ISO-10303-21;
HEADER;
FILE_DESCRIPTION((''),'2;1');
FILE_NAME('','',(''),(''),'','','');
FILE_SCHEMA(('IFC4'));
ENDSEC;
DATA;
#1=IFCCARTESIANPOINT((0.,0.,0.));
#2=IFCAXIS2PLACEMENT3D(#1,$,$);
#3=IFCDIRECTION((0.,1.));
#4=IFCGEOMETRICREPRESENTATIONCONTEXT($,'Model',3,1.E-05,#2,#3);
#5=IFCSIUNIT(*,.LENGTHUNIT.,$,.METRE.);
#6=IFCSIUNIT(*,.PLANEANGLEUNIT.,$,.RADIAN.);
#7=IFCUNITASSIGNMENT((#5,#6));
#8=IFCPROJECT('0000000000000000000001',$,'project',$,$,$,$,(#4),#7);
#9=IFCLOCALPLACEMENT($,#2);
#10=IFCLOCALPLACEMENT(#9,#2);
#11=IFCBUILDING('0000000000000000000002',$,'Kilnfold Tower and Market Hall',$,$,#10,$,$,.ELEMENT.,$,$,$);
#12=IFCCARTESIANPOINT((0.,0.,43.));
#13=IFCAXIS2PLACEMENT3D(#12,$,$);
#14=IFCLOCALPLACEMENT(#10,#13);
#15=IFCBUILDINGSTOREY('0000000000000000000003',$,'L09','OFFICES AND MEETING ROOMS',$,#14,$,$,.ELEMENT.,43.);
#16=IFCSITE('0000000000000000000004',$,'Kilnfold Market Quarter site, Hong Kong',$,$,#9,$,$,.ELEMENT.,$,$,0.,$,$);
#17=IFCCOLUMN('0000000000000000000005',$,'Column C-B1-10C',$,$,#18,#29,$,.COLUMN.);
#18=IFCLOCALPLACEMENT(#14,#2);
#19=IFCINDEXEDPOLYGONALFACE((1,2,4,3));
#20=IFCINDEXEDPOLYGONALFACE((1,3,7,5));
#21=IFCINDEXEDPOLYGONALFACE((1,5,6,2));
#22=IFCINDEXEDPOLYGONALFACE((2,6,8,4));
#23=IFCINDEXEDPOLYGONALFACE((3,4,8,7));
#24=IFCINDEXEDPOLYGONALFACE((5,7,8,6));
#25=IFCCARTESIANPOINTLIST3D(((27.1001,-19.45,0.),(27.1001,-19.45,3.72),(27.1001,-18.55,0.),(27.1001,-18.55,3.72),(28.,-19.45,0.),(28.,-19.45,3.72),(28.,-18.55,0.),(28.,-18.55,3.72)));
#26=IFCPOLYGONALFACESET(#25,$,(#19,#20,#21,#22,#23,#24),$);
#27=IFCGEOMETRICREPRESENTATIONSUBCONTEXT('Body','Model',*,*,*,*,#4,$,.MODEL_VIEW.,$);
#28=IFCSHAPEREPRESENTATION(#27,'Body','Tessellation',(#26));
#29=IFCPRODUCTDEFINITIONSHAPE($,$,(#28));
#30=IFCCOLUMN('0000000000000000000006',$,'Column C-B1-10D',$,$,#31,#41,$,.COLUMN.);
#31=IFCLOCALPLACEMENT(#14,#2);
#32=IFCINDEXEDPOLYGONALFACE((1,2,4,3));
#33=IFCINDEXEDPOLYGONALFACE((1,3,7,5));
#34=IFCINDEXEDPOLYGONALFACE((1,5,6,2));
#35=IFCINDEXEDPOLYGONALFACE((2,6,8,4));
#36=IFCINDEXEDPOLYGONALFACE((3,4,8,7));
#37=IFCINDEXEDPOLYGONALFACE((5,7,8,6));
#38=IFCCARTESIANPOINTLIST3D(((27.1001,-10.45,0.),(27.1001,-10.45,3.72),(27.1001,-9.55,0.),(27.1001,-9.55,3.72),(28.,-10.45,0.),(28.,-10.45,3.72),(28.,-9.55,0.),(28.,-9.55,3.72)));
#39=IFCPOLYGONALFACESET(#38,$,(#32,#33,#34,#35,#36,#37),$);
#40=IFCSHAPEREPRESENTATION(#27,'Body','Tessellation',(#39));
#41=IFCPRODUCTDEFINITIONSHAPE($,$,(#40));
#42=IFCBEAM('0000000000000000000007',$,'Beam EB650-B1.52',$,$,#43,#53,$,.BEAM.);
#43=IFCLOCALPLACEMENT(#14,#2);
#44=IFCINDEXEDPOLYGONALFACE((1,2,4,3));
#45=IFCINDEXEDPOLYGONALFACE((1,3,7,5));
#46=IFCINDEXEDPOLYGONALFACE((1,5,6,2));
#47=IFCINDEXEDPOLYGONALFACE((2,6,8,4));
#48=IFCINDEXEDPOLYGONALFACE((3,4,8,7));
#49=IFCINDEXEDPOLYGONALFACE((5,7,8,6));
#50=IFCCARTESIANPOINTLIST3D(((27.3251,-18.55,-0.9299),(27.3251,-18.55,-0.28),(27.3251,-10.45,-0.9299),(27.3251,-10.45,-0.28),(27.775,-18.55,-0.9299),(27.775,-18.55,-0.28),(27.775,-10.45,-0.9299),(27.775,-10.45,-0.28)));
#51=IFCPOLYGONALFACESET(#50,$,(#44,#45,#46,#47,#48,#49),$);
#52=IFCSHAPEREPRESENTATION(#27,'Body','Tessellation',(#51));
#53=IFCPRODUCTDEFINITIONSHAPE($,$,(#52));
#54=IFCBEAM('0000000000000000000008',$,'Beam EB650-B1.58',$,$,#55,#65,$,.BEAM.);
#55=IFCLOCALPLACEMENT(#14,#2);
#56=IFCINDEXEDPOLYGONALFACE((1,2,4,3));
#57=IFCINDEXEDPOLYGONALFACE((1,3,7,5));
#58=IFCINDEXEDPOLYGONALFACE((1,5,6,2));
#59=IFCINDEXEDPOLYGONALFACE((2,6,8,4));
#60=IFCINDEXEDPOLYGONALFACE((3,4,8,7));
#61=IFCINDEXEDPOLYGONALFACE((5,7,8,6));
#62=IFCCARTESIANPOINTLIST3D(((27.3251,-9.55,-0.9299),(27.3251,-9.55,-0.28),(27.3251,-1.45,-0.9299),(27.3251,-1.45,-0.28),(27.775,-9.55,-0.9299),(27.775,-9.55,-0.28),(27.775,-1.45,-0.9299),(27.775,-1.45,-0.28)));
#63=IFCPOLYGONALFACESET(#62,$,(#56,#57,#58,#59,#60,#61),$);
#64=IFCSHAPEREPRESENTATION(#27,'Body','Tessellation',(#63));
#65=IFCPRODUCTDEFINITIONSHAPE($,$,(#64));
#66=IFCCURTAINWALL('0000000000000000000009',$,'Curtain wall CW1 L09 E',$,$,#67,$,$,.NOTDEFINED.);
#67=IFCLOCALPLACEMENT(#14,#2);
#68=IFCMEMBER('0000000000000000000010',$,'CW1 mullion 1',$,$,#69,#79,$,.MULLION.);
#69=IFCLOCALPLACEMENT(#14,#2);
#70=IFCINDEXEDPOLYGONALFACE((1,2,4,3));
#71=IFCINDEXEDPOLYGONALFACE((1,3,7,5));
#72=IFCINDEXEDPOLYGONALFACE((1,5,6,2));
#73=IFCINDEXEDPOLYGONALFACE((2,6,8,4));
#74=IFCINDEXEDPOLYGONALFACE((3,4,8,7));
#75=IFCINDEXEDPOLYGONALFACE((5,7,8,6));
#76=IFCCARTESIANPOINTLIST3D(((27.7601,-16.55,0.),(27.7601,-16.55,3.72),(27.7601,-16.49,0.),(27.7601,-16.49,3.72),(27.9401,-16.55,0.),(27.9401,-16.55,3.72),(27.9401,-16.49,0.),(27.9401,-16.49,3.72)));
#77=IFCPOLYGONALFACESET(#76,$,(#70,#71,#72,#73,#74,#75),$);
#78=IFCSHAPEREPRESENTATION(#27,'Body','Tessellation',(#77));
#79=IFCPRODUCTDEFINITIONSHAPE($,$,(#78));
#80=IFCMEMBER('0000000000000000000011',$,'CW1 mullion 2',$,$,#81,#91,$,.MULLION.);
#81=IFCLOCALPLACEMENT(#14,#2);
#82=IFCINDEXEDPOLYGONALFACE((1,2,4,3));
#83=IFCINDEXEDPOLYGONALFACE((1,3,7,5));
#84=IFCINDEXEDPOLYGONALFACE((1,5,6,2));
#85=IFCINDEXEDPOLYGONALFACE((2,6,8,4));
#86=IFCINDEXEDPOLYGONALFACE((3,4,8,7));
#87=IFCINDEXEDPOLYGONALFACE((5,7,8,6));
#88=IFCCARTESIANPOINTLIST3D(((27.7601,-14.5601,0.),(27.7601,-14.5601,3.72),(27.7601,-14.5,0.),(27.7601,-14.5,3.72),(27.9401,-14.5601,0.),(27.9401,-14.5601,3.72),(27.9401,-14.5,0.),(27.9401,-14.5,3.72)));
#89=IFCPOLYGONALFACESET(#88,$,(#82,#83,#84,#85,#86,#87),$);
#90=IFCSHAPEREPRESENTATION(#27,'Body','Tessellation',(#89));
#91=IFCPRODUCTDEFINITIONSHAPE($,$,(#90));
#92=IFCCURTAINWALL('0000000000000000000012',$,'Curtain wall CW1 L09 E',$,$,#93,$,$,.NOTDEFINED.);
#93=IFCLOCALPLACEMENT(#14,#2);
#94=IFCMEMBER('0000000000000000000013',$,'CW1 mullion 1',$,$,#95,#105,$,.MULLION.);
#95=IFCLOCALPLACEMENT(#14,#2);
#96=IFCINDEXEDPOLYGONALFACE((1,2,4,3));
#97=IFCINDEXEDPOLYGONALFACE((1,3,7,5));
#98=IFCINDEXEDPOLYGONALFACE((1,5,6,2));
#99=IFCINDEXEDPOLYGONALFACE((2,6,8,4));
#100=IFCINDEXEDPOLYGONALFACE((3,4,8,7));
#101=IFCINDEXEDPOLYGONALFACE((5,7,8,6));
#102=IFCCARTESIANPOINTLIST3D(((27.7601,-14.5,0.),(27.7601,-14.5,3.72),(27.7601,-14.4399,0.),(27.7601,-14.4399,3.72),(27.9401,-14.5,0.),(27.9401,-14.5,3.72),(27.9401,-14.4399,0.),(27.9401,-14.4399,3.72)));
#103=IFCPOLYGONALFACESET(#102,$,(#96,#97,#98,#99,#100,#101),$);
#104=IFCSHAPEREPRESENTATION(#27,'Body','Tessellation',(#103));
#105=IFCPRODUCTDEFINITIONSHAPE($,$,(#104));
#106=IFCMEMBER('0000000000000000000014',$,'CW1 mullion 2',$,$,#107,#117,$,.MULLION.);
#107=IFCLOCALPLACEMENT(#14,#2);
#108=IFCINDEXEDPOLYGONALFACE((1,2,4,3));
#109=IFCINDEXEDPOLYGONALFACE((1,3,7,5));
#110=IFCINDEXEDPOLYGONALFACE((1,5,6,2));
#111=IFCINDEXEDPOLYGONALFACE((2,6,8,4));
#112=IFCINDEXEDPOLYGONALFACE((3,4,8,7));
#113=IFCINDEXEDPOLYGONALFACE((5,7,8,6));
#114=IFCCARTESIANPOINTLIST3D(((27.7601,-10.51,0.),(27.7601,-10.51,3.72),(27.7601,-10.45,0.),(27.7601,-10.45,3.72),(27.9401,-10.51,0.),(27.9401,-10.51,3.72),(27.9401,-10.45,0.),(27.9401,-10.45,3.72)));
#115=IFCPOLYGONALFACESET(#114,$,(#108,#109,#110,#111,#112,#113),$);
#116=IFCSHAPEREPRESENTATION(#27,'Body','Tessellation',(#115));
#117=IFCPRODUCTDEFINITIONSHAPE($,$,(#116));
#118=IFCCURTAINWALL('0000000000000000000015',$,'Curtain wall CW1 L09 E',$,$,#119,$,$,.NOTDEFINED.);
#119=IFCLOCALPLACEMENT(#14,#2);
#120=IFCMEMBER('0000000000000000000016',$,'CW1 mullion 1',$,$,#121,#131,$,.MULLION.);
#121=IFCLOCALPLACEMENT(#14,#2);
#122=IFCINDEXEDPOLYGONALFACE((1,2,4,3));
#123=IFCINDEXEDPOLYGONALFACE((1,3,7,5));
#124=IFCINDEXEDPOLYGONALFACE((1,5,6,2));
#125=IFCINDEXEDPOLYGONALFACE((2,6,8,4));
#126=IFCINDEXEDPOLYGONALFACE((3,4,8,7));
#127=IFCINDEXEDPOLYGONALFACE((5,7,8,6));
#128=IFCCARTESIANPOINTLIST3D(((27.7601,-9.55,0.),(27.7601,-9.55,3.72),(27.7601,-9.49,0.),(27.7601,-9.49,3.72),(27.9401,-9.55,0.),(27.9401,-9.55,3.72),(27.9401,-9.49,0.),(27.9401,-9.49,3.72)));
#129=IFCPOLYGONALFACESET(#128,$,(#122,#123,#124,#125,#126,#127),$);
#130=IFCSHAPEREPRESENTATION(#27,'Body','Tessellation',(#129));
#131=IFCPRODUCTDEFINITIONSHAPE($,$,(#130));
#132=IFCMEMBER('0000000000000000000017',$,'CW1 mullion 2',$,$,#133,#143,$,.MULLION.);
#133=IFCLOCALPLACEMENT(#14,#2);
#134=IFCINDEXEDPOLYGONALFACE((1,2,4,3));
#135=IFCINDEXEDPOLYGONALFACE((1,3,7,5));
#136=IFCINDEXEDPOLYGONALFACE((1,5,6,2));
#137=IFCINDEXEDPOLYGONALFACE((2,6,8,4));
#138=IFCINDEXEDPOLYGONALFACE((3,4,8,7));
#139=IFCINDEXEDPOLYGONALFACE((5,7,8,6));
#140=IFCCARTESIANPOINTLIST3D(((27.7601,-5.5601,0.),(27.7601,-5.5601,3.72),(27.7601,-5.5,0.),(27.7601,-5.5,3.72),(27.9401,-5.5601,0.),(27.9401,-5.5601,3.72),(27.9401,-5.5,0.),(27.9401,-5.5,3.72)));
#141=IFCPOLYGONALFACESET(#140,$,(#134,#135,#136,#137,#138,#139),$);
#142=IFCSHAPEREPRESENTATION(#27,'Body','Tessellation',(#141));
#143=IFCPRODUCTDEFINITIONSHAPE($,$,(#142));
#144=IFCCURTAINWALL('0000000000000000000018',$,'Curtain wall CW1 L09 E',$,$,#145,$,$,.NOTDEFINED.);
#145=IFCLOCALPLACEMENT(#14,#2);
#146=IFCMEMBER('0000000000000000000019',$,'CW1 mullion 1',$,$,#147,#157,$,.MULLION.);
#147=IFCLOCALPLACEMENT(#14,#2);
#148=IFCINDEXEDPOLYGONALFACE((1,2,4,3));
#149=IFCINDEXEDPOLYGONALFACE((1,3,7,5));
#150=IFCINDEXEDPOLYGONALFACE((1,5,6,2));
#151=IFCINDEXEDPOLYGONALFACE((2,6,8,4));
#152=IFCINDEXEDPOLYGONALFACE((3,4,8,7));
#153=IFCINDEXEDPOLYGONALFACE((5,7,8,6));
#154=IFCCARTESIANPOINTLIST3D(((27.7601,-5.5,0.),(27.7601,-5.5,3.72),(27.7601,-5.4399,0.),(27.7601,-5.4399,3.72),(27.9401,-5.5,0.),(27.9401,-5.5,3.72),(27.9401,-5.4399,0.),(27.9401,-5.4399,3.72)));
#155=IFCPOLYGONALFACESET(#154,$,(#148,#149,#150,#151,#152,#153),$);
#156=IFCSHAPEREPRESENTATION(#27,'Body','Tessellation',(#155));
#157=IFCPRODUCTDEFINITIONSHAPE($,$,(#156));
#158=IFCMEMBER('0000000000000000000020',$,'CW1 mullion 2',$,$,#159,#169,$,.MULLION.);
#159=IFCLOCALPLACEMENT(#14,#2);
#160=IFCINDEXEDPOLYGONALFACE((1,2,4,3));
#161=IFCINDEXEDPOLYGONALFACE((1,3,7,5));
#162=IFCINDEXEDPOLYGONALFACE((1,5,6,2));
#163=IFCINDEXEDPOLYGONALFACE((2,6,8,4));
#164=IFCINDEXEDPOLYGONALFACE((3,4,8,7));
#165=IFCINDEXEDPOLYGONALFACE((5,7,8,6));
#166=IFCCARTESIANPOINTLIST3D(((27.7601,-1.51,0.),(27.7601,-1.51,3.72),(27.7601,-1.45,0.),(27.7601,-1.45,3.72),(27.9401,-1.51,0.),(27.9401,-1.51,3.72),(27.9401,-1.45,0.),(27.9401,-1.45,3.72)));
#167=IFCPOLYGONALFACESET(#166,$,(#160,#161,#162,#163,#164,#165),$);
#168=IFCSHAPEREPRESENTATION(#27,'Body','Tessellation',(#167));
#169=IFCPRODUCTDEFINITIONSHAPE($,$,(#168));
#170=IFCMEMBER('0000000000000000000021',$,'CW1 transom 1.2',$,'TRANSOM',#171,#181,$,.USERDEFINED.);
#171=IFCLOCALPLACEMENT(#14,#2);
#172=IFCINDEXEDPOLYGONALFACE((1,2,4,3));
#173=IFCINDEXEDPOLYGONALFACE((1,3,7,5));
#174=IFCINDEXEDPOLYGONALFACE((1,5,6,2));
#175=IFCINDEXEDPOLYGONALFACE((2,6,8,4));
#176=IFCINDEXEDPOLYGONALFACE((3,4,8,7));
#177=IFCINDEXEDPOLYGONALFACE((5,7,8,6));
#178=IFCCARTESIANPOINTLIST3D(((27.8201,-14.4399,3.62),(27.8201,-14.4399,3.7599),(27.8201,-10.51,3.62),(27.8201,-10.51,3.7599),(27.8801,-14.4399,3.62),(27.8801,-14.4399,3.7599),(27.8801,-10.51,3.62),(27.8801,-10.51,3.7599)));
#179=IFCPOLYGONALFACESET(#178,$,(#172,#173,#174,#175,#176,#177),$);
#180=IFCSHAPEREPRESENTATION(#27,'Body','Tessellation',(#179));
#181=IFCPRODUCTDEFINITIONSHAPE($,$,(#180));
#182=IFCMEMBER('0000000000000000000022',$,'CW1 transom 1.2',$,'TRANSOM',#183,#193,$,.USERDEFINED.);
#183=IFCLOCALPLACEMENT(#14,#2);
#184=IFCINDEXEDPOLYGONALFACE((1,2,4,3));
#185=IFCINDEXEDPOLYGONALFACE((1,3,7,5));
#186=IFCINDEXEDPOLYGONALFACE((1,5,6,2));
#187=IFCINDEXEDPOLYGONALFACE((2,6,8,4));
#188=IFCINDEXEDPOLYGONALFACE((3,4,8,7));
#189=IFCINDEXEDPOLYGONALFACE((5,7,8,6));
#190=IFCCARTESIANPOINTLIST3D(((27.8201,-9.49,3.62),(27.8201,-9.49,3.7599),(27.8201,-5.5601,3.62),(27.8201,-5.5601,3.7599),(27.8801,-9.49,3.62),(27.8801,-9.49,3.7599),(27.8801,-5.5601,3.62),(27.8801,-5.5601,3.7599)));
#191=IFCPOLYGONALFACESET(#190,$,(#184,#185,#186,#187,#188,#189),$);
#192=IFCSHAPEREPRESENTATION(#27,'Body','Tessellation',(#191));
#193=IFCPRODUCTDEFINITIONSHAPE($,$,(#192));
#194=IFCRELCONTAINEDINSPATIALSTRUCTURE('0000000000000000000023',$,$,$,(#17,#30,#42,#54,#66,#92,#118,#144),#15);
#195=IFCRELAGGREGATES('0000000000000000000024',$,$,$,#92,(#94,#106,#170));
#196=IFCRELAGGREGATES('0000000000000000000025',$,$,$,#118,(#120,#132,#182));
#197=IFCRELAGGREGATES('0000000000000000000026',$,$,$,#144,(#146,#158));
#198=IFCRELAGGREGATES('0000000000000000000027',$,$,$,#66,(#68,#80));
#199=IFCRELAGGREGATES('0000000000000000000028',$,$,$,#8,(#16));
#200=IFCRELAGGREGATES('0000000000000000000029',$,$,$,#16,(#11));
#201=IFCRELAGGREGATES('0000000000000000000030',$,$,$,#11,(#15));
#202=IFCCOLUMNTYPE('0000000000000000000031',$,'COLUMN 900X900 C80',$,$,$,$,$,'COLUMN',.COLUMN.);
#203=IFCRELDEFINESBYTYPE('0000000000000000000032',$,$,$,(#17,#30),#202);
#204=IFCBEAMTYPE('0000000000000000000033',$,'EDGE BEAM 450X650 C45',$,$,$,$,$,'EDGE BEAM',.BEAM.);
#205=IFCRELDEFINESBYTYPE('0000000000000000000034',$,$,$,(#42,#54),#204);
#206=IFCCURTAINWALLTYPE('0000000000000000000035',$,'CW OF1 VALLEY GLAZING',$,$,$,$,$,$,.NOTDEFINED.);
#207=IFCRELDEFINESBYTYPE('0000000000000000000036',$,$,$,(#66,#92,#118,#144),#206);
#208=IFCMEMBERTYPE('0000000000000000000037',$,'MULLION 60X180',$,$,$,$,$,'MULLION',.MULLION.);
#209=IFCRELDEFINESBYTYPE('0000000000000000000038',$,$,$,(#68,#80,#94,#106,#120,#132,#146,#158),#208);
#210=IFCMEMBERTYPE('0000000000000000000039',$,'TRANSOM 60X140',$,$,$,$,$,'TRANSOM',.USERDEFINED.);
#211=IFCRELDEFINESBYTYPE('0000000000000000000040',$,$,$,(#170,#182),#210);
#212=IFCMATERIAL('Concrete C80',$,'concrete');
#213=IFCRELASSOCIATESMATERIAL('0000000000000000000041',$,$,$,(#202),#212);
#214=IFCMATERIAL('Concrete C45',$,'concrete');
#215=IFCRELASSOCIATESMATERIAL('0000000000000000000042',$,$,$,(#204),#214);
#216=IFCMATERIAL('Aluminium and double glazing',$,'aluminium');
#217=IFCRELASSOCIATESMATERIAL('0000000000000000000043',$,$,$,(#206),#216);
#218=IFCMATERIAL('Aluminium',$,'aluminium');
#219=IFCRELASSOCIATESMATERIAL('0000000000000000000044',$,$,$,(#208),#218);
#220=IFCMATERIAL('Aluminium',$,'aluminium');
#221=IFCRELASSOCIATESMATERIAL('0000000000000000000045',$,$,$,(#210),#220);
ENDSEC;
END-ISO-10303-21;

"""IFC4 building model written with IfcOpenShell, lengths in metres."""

from ifc_helpers import new_model, si_unit, direction, frame, origin, origin_2d, place, context, subcontext, project, spatial, rectangle, extrude, source, transform, mapped, material, material_profile, profile_set, type_object, element, aggregate, save


model = new_model("IFC4")

# Units and contexts
model_context = context("Model", 3, precision=1e-05, world=origin(), true_north=direction((0.0, 1.0)))
body_context = subcontext(model_context, "Body", "Model", "MODEL_VIEW")
ifc_project = project(units=[si_unit("LENGTHUNIT", "METRE"), si_unit("PLANEANGLEUNIT", "RADIAN")], contexts=[model_context])

# Site, building, storey
site_placement = place(None, origin())
site = spatial("IfcSite", under=ifc_project, at=site_placement, Name="Kilnfold Market Quarter site, Hong Kong", CompositionType="ELEMENT", RefElevation=0.0)
building_placement = place(site_placement, origin())
building = spatial("IfcBuilding", under=site, at=building_placement, Name="Kilnfold Tower and Market Hall", CompositionType="ELEMENT")
storey_placement = place(building_placement, frame((0.0, 0.0, 43.0)))
storey = spatial("IfcBuildingStorey", under=building, at=storey_placement, Name="L09", Description="OFFICES AND MEETING ROOMS", CompositionType="ELEMENT", Elevation=43.0)

# Columns
ifc_material_1 = material(Name="Concrete C80", Category="concrete")
ifc_material_profile_1 = material_profile(ifc_material_1, rectangle(XDim=0.8999, YDim=0.8999, at=origin_2d()), Name="RC 900x900")
ifc_profile_set_1 = profile_set([ifc_material_profile_1], Name="Concrete C80")
column_type = type_object("IfcColumnType", Name="COLUMN 900X900 C80", ElementType="COLUMN", PredefinedType="COLUMN", material=ifc_profile_set_1)
shared_shape_1 = source(origin(), body_context, "Body", "SweptSolid", [
    extrude(rectangle(XDim=0.8999, YDim=0.8999, at=origin_2d()), origin(), (0.0, 0.0, 1.0), 3.72),
])
for number, where, z_axis, x_axis, name in (
    (1, (27.55, -19.0, 0.0), (0.0, 0.0, 1.0), (1.0, 0.0, 0.0), "Column C-B1-10C"),
    (2, (27.55, -10.0, 0.0), (0.0, 0.0, 1.0), (1.0, 0.0, 0.0), "Column C-B1-10D"),
):
    element("IfcColumn", number, at=place(storey_placement, frame(where, z_axis=z_axis, x_axis=x_axis)), inside=storey, type_object=column_type, Name=name, PredefinedType="COLUMN", context=body_context, shape_type="MappedRepresentation", body=[
        mapped(shared_shape_1, transform((0.0, 0.0, 0.0))),
    ])

# Beams
ifc_material_2 = material(Name="Concrete C45", Category="concrete")
ifc_material_profile_2 = material_profile(ifc_material_2, rectangle(XDim=0.45, YDim=0.6499, at=origin_2d()), Name="RC 450x650")
ifc_profile_set_2 = profile_set([ifc_material_profile_2], Name="Concrete C45")
beam_type = type_object("IfcBeamType", Name="EDGE BEAM 450X650 C45", ElementType="EDGE BEAM", PredefinedType="BEAM", material=ifc_profile_set_2)
shared_shape_2 = source(origin(), body_context, "Body", "SweptSolid", [
    extrude(rectangle(XDim=0.45, YDim=0.6499, at=origin_2d()), origin(), (0.0, 0.0, 1.0), 8.1001),
])
for number, where, z_axis, x_axis, name in (
    (3, (27.55, -18.55, -0.605), (0.0, 1.0, 0.0), (-1.0, 0.0, 0.0), "Beam EB650-B1.52"),
    (4, (27.55, -9.55, -0.605), (0.0, 1.0, 0.0), (-1.0, 0.0, 0.0), "Beam EB650-B1.58"),
):
    element("IfcBeam", number, at=place(storey_placement, frame(where, z_axis=z_axis, x_axis=x_axis)), inside=storey, type_object=beam_type, Name=name, PredefinedType="BEAM", context=body_context, shape_type="MappedRepresentation", body=[
        mapped(shared_shape_2, transform((0.0, 0.0, 0.0))),
    ])

# Curtain walls, members
ifc_material_3 = material(Name="Aluminium and double glazing", Category="aluminium")
curtain_wall_type = type_object("IfcCurtainWallType", Name="CW OF1 VALLEY GLAZING", PredefinedType="NOTDEFINED", material=ifc_material_3)
curtain_wall_1_placement = place(storey_placement, origin())
curtain_wall_1 = element("IfcCurtainWall", 5, at=curtain_wall_1_placement, inside=storey, type_object=curtain_wall_type, Name="Curtain wall CW1 L09 E", PredefinedType="NOTDEFINED")
ifc_material_4 = material(Name="Aluminium", Category="aluminium")
ifc_material_profile_3 = material_profile(ifc_material_4, rectangle(XDim=0.0601, YDim=0.1799, at=origin_2d()), Name="MULLION 60x180")
ifc_profile_set_3 = profile_set([ifc_material_profile_3], Name="Aluminium")
member_type_1 = type_object("IfcMemberType", Name="MULLION 60X180", ElementType="MULLION", PredefinedType="MULLION", material=ifc_profile_set_3)
shared_shape_3 = source(origin(), body_context, "Body", "SweptSolid", [
    extrude(rectangle(XDim=0.0601, YDim=0.1799, at=origin_2d()), origin(), (0.0, 0.0, 1.0), 3.72),
])
member_1_placement = place(storey_placement, frame((27.8501, -16.52, 0.0), z_axis=(0.0, 0.0, 1.0), x_axis=(0.0, 1.0, 0.0)))
member_1 = element("IfcMember", 6, at=member_1_placement, type_object=member_type_1, Name="CW1 mullion 1", PredefinedType="MULLION", context=body_context, shape_type="MappedRepresentation", body=[
    mapped(shared_shape_3, transform((0.0, 0.0, 0.0))),
])
member_2_placement = place(storey_placement, frame((27.8501, -14.53, 0.0), z_axis=(0.0, 0.0, 1.0), x_axis=(0.0, 1.0, 0.0)))
member_2 = element("IfcMember", 7, at=member_2_placement, type_object=member_type_1, Name="CW1 mullion 2", PredefinedType="MULLION", context=body_context, shape_type="MappedRepresentation", body=[
    mapped(shared_shape_3, transform((0.0, 0.0, 0.0))),
])
curtain_wall_2_placement = place(storey_placement, origin())
curtain_wall_2 = element("IfcCurtainWall", 8, at=curtain_wall_2_placement, inside=storey, type_object=curtain_wall_type, Name="Curtain wall CW1 L09 E", PredefinedType="NOTDEFINED")
member_3_placement = place(storey_placement, frame((27.8501, -14.47, 0.0), z_axis=(0.0, 0.0, 1.0), x_axis=(0.0, 1.0, 0.0)))
member_3 = element("IfcMember", 9, at=member_3_placement, type_object=member_type_1, Name="CW1 mullion 1", PredefinedType="MULLION", context=body_context, shape_type="MappedRepresentation", body=[
    mapped(shared_shape_3, transform((0.0, 0.0, 0.0))),
])
member_4_placement = place(storey_placement, frame((27.8501, -10.48, 0.0), z_axis=(0.0, 0.0, 1.0), x_axis=(0.0, 1.0, 0.0)))
member_4 = element("IfcMember", 10, at=member_4_placement, type_object=member_type_1, Name="CW1 mullion 2", PredefinedType="MULLION", context=body_context, shape_type="MappedRepresentation", body=[
    mapped(shared_shape_3, transform((0.0, 0.0, 0.0))),
])
curtain_wall_3_placement = place(storey_placement, origin())
curtain_wall_3 = element("IfcCurtainWall", 11, at=curtain_wall_3_placement, inside=storey, type_object=curtain_wall_type, Name="Curtain wall CW1 L09 E", PredefinedType="NOTDEFINED")
member_5_placement = place(storey_placement, frame((27.8501, -9.52, 0.0), z_axis=(0.0, 0.0, 1.0), x_axis=(0.0, 1.0, 0.0)))
member_5 = element("IfcMember", 12, at=member_5_placement, type_object=member_type_1, Name="CW1 mullion 1", PredefinedType="MULLION", context=body_context, shape_type="MappedRepresentation", body=[
    mapped(shared_shape_3, transform((0.0, 0.0, 0.0))),
])
member_6_placement = place(storey_placement, frame((27.8501, -5.53, 0.0), z_axis=(0.0, 0.0, 1.0), x_axis=(0.0, 1.0, 0.0)))
member_6 = element("IfcMember", 13, at=member_6_placement, type_object=member_type_1, Name="CW1 mullion 2", PredefinedType="MULLION", context=body_context, shape_type="MappedRepresentation", body=[
    mapped(shared_shape_3, transform((0.0, 0.0, 0.0))),
])
curtain_wall_4_placement = place(storey_placement, origin())
curtain_wall_4 = element("IfcCurtainWall", 14, at=curtain_wall_4_placement, inside=storey, type_object=curtain_wall_type, Name="Curtain wall CW1 L09 E", PredefinedType="NOTDEFINED")
member_7_placement = place(storey_placement, frame((27.8501, -5.47, 0.0), z_axis=(0.0, 0.0, 1.0), x_axis=(0.0, 1.0, 0.0)))
member_7 = element("IfcMember", 15, at=member_7_placement, type_object=member_type_1, Name="CW1 mullion 1", PredefinedType="MULLION", context=body_context, shape_type="MappedRepresentation", body=[
    mapped(shared_shape_3, transform((0.0, 0.0, 0.0))),
])
member_8_placement = place(storey_placement, frame((27.8501, -1.48, 0.0), z_axis=(0.0, 0.0, 1.0), x_axis=(0.0, 1.0, 0.0)))
member_8 = element("IfcMember", 16, at=member_8_placement, type_object=member_type_1, Name="CW1 mullion 2", PredefinedType="MULLION", context=body_context, shape_type="MappedRepresentation", body=[
    mapped(shared_shape_3, transform((0.0, 0.0, 0.0))),
])

# Members
ifc_material_5 = material(Name="Aluminium", Category="aluminium")
ifc_material_profile_4 = material_profile(ifc_material_5, rectangle(XDim=0.0601, YDim=0.1399, at=origin_2d()), Name="TRANSOM 60x140")
ifc_profile_set_4 = profile_set([ifc_material_profile_4], Name="Aluminium")
member_type_2 = type_object("IfcMemberType", Name="TRANSOM 60X140", ElementType="TRANSOM", PredefinedType="USERDEFINED", material=ifc_profile_set_4)
shared_shape_4 = source(origin(), body_context, "Body", "SweptSolid", [
    extrude(rectangle(XDim=0.0601, YDim=0.1399, at=origin_2d()), origin(), (0.0, 0.0, 1.0), 3.9299),
])
member_9_placement = place(storey_placement, frame((27.8501, -14.4399, 3.6899), z_axis=(0.0, 1.0, 0.0), x_axis=(-1.0, 0.0, 0.0)))
member_9 = element("IfcMember", 17, at=member_9_placement, type_object=member_type_2, Name="CW1 transom 1.2", ObjectType="TRANSOM", PredefinedType="USERDEFINED", context=body_context, shape_type="MappedRepresentation", body=[
    mapped(shared_shape_4, transform((0.0, 0.0, 0.0))),
])
member_10_placement = place(storey_placement, frame((27.8501, -9.49, 3.6899), z_axis=(0.0, 1.0, 0.0), x_axis=(-1.0, 0.0, 0.0)))
member_10 = element("IfcMember", 18, at=member_10_placement, type_object=member_type_2, Name="CW1 transom 1.2", ObjectType="TRANSOM", PredefinedType="USERDEFINED", context=body_context, shape_type="MappedRepresentation", body=[
    mapped(shared_shape_4, transform((0.0, 0.0, 0.0))),
])

aggregate(curtain_wall_2, [member_3, member_4, member_9])
aggregate(curtain_wall_3, [member_5, member_6, member_10])
aggregate(curtain_wall_4, [member_7, member_8])
aggregate(curtain_wall_1, [member_1, member_2])

save(model, "model.ifc")
